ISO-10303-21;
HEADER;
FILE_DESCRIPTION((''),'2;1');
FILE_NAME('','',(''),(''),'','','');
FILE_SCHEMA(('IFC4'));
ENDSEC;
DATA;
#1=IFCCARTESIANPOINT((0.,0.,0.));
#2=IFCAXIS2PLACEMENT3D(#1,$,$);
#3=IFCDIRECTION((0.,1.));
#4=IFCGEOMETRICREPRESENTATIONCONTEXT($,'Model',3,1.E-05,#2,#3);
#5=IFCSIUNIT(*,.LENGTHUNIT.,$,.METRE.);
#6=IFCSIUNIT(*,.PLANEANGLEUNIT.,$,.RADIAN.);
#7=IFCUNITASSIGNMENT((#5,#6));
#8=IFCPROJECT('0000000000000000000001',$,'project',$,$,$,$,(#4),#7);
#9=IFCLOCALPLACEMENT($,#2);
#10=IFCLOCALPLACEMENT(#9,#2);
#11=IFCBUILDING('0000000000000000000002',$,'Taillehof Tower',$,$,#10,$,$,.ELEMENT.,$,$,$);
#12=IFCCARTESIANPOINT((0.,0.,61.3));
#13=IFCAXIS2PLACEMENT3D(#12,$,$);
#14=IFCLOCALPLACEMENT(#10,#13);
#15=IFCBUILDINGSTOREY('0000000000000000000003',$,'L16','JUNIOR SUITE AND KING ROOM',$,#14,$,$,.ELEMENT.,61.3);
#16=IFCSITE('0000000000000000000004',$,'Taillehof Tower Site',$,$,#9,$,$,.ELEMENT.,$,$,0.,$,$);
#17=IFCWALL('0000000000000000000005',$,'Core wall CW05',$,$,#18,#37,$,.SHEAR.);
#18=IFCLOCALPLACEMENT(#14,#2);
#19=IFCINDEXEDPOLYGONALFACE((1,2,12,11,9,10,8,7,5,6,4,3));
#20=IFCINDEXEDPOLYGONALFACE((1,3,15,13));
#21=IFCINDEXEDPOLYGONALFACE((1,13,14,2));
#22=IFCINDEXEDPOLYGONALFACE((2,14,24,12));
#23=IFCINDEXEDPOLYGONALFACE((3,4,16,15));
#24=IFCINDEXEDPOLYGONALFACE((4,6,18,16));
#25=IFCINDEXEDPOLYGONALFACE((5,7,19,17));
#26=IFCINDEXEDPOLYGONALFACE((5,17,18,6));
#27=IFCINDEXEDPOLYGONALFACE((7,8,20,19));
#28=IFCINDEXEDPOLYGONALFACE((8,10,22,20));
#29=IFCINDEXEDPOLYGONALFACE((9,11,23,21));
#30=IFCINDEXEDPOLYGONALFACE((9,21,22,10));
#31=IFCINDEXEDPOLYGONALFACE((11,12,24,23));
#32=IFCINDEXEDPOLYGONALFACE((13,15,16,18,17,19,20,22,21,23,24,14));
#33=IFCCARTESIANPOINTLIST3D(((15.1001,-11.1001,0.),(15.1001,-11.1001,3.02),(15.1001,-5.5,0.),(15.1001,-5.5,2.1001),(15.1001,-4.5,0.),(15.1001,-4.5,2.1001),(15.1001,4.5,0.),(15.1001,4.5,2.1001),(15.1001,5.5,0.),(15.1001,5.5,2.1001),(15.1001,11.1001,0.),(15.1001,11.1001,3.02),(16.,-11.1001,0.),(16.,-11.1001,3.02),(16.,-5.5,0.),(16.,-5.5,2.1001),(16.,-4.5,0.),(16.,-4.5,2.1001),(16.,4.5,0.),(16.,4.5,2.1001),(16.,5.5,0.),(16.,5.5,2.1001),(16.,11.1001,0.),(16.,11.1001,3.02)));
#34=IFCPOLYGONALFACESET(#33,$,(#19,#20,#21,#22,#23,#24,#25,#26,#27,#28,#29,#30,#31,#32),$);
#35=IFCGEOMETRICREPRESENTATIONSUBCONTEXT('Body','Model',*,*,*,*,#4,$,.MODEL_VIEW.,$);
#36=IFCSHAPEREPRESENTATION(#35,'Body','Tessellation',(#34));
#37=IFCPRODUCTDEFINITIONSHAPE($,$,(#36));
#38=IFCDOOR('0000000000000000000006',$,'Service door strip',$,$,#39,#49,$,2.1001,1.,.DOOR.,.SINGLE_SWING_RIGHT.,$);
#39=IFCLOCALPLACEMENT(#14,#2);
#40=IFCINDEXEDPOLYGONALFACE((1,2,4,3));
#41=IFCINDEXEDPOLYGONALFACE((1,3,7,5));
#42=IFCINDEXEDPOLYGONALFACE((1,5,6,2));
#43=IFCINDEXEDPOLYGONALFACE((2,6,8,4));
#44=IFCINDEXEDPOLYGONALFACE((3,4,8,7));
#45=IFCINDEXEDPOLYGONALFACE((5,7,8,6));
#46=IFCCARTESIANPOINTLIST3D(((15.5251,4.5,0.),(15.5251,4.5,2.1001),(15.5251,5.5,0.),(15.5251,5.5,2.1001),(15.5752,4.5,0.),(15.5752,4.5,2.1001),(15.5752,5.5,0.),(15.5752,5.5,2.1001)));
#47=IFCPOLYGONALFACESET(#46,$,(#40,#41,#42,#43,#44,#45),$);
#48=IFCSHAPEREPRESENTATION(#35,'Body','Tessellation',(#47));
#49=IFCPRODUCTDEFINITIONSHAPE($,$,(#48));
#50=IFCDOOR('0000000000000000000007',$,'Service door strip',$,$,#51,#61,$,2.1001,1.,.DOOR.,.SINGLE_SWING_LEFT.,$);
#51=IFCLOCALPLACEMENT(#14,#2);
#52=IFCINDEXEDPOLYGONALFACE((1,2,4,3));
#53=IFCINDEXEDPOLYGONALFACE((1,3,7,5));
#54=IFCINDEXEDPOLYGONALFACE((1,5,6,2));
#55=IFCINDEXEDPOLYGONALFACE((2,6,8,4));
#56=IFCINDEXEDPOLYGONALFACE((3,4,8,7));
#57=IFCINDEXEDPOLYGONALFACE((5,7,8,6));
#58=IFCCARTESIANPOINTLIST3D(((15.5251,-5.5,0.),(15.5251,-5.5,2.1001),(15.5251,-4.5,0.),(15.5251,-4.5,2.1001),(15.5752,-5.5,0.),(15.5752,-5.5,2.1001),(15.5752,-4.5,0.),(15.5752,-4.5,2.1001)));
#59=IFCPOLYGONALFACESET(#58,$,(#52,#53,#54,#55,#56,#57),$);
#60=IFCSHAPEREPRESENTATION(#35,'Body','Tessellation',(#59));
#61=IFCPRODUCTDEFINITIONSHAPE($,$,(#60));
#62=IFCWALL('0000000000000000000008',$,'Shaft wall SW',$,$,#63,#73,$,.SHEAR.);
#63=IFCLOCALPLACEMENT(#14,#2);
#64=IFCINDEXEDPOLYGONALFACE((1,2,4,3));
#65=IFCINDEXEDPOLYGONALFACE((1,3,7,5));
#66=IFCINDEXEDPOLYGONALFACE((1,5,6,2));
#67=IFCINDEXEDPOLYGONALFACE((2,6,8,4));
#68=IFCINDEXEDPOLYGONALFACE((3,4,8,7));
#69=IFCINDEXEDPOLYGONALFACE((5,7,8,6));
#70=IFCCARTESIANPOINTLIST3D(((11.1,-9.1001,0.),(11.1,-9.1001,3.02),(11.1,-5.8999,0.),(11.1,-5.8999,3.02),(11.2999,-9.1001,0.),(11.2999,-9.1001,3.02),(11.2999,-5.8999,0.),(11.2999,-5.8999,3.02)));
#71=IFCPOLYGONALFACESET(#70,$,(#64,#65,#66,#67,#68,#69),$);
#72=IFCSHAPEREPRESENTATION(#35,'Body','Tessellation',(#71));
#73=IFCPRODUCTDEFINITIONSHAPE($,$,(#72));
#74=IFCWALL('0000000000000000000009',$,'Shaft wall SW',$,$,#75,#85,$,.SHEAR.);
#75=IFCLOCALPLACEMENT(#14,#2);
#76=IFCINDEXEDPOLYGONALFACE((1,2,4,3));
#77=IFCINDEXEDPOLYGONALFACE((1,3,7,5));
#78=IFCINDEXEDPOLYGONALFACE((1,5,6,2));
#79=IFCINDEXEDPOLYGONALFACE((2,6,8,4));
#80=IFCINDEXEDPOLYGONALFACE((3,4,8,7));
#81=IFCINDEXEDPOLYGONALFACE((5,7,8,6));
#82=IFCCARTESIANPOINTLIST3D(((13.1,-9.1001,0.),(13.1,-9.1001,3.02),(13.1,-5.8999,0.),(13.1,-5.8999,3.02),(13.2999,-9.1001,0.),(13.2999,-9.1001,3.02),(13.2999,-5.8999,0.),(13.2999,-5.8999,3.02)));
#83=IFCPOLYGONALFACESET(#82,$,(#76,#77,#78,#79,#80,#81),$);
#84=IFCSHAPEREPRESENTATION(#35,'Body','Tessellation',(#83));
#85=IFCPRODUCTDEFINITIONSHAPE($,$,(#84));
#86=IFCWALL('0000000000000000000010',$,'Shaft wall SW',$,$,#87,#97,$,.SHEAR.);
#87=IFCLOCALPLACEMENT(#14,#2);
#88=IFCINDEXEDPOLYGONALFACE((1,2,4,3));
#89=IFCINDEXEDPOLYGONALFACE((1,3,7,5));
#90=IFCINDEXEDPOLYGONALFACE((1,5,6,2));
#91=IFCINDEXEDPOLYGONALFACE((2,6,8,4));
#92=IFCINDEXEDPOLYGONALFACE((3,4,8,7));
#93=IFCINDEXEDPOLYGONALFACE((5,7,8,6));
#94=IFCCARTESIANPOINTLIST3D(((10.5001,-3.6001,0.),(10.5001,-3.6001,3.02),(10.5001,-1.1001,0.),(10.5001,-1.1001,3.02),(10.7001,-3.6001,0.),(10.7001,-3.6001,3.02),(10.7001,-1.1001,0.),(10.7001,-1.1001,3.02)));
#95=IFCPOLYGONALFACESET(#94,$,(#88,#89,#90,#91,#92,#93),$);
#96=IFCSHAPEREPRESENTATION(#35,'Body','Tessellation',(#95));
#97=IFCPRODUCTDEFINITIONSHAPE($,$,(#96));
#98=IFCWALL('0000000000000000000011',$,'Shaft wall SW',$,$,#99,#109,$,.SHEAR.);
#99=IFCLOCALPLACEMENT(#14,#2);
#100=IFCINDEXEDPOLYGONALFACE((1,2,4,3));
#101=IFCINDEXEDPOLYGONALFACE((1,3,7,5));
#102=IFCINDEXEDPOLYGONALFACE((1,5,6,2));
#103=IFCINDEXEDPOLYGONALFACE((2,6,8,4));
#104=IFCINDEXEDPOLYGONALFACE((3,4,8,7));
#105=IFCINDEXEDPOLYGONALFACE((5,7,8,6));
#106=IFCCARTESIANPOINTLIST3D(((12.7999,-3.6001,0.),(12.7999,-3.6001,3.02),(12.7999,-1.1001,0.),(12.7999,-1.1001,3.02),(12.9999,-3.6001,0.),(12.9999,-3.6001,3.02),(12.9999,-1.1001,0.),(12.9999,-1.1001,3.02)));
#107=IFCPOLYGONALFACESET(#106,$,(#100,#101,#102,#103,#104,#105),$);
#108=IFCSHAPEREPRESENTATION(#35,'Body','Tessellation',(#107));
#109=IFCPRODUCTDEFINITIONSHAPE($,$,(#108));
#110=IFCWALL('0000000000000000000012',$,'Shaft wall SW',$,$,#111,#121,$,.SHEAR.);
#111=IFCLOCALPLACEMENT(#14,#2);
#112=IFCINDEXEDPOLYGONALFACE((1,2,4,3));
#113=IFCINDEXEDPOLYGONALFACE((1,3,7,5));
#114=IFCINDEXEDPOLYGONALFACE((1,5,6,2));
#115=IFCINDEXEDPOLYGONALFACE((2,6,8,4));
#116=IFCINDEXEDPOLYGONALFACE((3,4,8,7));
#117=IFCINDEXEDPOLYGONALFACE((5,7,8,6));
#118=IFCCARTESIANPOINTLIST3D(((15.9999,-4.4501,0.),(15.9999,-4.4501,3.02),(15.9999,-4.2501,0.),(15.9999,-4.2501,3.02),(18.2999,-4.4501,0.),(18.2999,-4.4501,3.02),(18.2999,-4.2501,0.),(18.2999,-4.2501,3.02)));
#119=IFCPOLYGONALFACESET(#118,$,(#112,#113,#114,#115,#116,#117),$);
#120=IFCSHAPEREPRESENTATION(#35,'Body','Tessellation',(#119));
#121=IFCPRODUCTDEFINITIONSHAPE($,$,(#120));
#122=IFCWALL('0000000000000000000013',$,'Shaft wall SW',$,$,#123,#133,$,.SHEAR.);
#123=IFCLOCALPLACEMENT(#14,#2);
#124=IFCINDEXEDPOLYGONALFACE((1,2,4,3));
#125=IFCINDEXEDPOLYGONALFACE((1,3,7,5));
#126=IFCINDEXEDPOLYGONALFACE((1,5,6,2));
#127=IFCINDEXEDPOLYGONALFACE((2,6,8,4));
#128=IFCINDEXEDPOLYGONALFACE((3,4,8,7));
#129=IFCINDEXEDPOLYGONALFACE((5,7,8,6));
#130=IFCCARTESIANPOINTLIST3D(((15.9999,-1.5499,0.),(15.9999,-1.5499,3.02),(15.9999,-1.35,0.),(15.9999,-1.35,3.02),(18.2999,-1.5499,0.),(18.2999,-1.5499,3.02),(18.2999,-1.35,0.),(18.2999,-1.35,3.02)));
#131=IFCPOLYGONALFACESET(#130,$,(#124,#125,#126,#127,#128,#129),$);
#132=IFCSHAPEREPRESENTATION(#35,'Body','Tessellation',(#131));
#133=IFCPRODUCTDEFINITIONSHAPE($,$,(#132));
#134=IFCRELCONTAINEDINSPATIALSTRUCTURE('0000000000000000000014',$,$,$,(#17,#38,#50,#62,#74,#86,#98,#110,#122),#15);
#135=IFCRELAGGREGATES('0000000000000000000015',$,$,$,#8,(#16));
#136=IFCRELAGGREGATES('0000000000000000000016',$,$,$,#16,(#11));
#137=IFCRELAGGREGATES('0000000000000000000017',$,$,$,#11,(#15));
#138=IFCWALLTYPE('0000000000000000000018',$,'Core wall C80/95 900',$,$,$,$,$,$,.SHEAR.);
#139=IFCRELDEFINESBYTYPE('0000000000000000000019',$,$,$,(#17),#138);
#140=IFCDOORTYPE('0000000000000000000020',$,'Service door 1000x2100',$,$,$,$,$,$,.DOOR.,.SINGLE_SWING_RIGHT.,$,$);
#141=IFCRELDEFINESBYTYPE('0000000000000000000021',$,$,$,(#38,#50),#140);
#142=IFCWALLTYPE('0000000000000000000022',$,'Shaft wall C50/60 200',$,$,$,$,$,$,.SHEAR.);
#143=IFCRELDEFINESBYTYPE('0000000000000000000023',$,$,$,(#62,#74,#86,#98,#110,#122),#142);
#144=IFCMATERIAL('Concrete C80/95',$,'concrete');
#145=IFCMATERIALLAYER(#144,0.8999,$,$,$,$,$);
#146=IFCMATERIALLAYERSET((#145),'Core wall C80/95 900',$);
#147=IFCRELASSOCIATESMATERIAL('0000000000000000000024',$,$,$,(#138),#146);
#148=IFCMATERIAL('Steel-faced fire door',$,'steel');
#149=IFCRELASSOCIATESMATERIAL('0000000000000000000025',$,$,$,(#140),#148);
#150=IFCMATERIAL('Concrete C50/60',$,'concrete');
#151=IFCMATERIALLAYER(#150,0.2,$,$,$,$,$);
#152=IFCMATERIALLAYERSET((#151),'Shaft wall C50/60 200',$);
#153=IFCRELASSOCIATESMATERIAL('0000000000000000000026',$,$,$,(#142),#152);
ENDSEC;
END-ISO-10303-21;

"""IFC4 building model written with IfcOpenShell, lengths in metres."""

from ifc_helpers import new_model, si_unit, direction, frame, frame_2d, origin, place, context, subcontext, project, spatial, rectangle, extrude, material, layer, layer_set, type_object, element, fill, save


model = new_model("IFC4")

# Units and contexts
model_context = context("Model", 3, precision=1e-05, world=origin(), true_north=direction((0.0, 1.0)))
body_context = subcontext(model_context, "Body", "Model", "MODEL_VIEW")
ifc_project = project(units=[si_unit("LENGTHUNIT", "METRE"), si_unit("PLANEANGLEUNIT", "RADIAN")], contexts=[model_context])

# Site, building, storey
site_placement = place(None, origin())
site = spatial("IfcSite", under=ifc_project, at=site_placement, Name="Taillehof Tower Site", CompositionType="ELEMENT", RefElevation=0.0)
building_placement = place(site_placement, origin())
building = spatial("IfcBuilding", under=site, at=building_placement, Name="Taillehof Tower", CompositionType="ELEMENT")
storey_placement = place(building_placement, frame((0.0, 0.0, 61.3)))
storey = spatial("IfcBuildingStorey", under=building, at=storey_placement, Name="L16", Description="JUNIOR SUITE AND KING ROOM", CompositionType="ELEMENT", Elevation=61.3)

# Wall, openings, doors
ifc_material_1 = material(Name="Concrete C80/95", Category="concrete")
ifc_layer_1 = layer(ifc_material_1, 0.8999)
ifc_layer_set_1 = layer_set([ifc_layer_1], Name="Core wall C80/95 900")
wall_type_1 = type_object("IfcWallType", Name="Core wall C80/95 900", PredefinedType="SHEAR", material=ifc_layer_set_1)
wall_1_placement = place(storey_placement, frame((15.55, -11.1001, 0.0), z_axis=(0.0, 0.0, 1.0), x_axis=(0.0, 1.0, 0.0)))
wall_1 = element("IfcWall", 1, at=wall_1_placement, inside=storey, type_object=wall_type_1, Name="Core wall CW05", PredefinedType="SHEAR", context=body_context, shape_type="SweptSolid", body=[
    extrude(rectangle(XDim=22.2002, YDim=0.8999, at=frame_2d((11.1001, 0.0))), origin(), (0.0, 0.0, 1.0), 3.02),
])
opening_1_placement = place(wall_1_placement, frame((15.6001, 0.0, 0.0)))
opening_1 = element("IfcOpeningElement", 2, at=opening_1_placement, cuts=wall_1, PredefinedType="OPENING", context=body_context, shape_type="SweptSolid", body=[
    extrude(rectangle(XDim=1.0, YDim=2.1001, at=frame_2d((0.5, 1.05))), frame((0.0, 0.46, 0.0), z_axis=(0.0, -1.0, 0.0), x_axis=(1.0, 0.0, 0.0)), (0.0, 0.0, 1.0), 0.9199),
])
opening_2_placement = place(wall_1_placement, frame((5.6001, 0.0, 0.0)))
opening_2 = element("IfcOpeningElement", 3, at=opening_2_placement, cuts=wall_1, PredefinedType="OPENING", context=body_context, shape_type="SweptSolid", body=[
    extrude(rectangle(XDim=1.0, YDim=2.1001, at=frame_2d((0.5, 1.05))), frame((0.0, 0.46, 0.0), z_axis=(0.0, -1.0, 0.0), x_axis=(1.0, 0.0, 0.0)), (0.0, 0.0, 1.0), 0.9199),
])
ifc_material_2 = material(Name="Steel-faced fire door", Category="steel")
door_type_1 = type_object("IfcDoorType", Name="Service door 1000x2100", OperationType="SINGLE_SWING_RIGHT", PredefinedType="DOOR", material=ifc_material_2)
door_1_placement = place(opening_1_placement, origin())
door_1 = element("IfcDoor", 4, at=door_1_placement, inside=storey, type_object=door_type_1, Name="Service door strip", OperationType="SINGLE_SWING_RIGHT", OverallHeight=2.1001, OverallWidth=1.0, PredefinedType="DOOR", context=body_context, shape_type="SweptSolid", body=[
    extrude(rectangle(XDim=1.0, YDim=2.1001, at=frame_2d((0.5, 1.05))), frame((0.0, 0.0249, 0.0), z_axis=(0.0, -1.0, 0.0), x_axis=(1.0, 0.0, 0.0)), (0.0, 0.0, 1.0), 0.05),
])
fill(opening_1, door_1)
door_2_placement = place(opening_2_placement, origin())
door_2 = element("IfcDoor", 5, at=door_2_placement, inside=storey, type_object=door_type_1, Name="Service door strip", OperationType="SINGLE_SWING_LEFT", OverallHeight=2.1001, OverallWidth=1.0, PredefinedType="DOOR", context=body_context, shape_type="SweptSolid", body=[
    extrude(rectangle(XDim=1.0, YDim=2.1001, at=frame_2d((0.5, 1.05))), frame((0.0, 0.0249, 0.0), z_axis=(0.0, -1.0, 0.0), x_axis=(1.0, 0.0, 0.0)), (0.0, 0.0, 1.0), 0.05),
])
fill(opening_2, door_2)

# Walls
ifc_material_3 = material(Name="Concrete C50/60", Category="concrete")
ifc_layer_2 = layer(ifc_material_3, 0.2)
ifc_layer_set_2 = layer_set([ifc_layer_2], Name="Shaft wall C50/60 200")
wall_type_2 = type_object("IfcWallType", Name="Shaft wall C50/60 200", PredefinedType="SHEAR", material=ifc_layer_set_2)
for number, where, z_axis, x_axis, name in (
    (6, (11.2, -9.1001, 0.0), (0.0, 0.0, 1.0), (0.0, 1.0, 0.0), "Shaft wall SW"),
    (7, (13.2, -9.1001, 0.0), (0.0, 0.0, 1.0), (0.0, 1.0, 0.0), "Shaft wall SW"),
):
    element("IfcWall", number, at=place(storey_placement, frame(where, z_axis=z_axis, x_axis=x_axis)), inside=storey, type_object=wall_type_2, Name=name, PredefinedType="SHEAR", context=body_context, shape_type="SweptSolid", body=[
        extrude(rectangle(XDim=3.2002, YDim=0.2, at=frame_2d((1.6001, 0.0))), origin(), (0.0, 0.0, 1.0), 3.02),
    ])
for number, where, z_axis, x_axis, name in (
    (8, (10.6001, -3.6001, 0.0), (0.0, 0.0, 1.0), (0.0, 1.0, 0.0), "Shaft wall SW"),
    (9, (12.8999, -3.6001, 0.0), (0.0, 0.0, 1.0), (0.0, 1.0, 0.0), "Shaft wall SW"),
):
    element("IfcWall", number, at=place(storey_placement, frame(where, z_axis=z_axis, x_axis=x_axis)), inside=storey, type_object=wall_type_2, Name=name, PredefinedType="SHEAR", context=body_context, shape_type="SweptSolid", body=[
        extrude(rectangle(XDim=2.5, YDim=0.2, at=frame_2d((1.25, 0.0))), origin(), (0.0, 0.0, 1.0), 3.02),
    ])
for number, where, z_axis, x_axis, name in (
    (10, (16.0, -4.3501, 0.0), (0.0, 0.0, 1.0), (1.0, 0.0, 0.0), "Shaft wall SW"),
    (11, (16.0, -1.45, 0.0), (0.0, 0.0, 1.0), (1.0, 0.0, 0.0), "Shaft wall SW"),
):
    element("IfcWall", number, at=place(storey_placement, frame(where, z_axis=z_axis, x_axis=x_axis)), inside=storey, type_object=wall_type_2, Name=name, PredefinedType="SHEAR", context=body_context, shape_type="SweptSolid", body=[
        extrude(rectangle(XDim=2.3, YDim=0.2, at=frame_2d((1.1499, 0.0))), origin(), (0.0, 0.0, 1.0), 3.02),
    ])

save(model, "model.ifc")
